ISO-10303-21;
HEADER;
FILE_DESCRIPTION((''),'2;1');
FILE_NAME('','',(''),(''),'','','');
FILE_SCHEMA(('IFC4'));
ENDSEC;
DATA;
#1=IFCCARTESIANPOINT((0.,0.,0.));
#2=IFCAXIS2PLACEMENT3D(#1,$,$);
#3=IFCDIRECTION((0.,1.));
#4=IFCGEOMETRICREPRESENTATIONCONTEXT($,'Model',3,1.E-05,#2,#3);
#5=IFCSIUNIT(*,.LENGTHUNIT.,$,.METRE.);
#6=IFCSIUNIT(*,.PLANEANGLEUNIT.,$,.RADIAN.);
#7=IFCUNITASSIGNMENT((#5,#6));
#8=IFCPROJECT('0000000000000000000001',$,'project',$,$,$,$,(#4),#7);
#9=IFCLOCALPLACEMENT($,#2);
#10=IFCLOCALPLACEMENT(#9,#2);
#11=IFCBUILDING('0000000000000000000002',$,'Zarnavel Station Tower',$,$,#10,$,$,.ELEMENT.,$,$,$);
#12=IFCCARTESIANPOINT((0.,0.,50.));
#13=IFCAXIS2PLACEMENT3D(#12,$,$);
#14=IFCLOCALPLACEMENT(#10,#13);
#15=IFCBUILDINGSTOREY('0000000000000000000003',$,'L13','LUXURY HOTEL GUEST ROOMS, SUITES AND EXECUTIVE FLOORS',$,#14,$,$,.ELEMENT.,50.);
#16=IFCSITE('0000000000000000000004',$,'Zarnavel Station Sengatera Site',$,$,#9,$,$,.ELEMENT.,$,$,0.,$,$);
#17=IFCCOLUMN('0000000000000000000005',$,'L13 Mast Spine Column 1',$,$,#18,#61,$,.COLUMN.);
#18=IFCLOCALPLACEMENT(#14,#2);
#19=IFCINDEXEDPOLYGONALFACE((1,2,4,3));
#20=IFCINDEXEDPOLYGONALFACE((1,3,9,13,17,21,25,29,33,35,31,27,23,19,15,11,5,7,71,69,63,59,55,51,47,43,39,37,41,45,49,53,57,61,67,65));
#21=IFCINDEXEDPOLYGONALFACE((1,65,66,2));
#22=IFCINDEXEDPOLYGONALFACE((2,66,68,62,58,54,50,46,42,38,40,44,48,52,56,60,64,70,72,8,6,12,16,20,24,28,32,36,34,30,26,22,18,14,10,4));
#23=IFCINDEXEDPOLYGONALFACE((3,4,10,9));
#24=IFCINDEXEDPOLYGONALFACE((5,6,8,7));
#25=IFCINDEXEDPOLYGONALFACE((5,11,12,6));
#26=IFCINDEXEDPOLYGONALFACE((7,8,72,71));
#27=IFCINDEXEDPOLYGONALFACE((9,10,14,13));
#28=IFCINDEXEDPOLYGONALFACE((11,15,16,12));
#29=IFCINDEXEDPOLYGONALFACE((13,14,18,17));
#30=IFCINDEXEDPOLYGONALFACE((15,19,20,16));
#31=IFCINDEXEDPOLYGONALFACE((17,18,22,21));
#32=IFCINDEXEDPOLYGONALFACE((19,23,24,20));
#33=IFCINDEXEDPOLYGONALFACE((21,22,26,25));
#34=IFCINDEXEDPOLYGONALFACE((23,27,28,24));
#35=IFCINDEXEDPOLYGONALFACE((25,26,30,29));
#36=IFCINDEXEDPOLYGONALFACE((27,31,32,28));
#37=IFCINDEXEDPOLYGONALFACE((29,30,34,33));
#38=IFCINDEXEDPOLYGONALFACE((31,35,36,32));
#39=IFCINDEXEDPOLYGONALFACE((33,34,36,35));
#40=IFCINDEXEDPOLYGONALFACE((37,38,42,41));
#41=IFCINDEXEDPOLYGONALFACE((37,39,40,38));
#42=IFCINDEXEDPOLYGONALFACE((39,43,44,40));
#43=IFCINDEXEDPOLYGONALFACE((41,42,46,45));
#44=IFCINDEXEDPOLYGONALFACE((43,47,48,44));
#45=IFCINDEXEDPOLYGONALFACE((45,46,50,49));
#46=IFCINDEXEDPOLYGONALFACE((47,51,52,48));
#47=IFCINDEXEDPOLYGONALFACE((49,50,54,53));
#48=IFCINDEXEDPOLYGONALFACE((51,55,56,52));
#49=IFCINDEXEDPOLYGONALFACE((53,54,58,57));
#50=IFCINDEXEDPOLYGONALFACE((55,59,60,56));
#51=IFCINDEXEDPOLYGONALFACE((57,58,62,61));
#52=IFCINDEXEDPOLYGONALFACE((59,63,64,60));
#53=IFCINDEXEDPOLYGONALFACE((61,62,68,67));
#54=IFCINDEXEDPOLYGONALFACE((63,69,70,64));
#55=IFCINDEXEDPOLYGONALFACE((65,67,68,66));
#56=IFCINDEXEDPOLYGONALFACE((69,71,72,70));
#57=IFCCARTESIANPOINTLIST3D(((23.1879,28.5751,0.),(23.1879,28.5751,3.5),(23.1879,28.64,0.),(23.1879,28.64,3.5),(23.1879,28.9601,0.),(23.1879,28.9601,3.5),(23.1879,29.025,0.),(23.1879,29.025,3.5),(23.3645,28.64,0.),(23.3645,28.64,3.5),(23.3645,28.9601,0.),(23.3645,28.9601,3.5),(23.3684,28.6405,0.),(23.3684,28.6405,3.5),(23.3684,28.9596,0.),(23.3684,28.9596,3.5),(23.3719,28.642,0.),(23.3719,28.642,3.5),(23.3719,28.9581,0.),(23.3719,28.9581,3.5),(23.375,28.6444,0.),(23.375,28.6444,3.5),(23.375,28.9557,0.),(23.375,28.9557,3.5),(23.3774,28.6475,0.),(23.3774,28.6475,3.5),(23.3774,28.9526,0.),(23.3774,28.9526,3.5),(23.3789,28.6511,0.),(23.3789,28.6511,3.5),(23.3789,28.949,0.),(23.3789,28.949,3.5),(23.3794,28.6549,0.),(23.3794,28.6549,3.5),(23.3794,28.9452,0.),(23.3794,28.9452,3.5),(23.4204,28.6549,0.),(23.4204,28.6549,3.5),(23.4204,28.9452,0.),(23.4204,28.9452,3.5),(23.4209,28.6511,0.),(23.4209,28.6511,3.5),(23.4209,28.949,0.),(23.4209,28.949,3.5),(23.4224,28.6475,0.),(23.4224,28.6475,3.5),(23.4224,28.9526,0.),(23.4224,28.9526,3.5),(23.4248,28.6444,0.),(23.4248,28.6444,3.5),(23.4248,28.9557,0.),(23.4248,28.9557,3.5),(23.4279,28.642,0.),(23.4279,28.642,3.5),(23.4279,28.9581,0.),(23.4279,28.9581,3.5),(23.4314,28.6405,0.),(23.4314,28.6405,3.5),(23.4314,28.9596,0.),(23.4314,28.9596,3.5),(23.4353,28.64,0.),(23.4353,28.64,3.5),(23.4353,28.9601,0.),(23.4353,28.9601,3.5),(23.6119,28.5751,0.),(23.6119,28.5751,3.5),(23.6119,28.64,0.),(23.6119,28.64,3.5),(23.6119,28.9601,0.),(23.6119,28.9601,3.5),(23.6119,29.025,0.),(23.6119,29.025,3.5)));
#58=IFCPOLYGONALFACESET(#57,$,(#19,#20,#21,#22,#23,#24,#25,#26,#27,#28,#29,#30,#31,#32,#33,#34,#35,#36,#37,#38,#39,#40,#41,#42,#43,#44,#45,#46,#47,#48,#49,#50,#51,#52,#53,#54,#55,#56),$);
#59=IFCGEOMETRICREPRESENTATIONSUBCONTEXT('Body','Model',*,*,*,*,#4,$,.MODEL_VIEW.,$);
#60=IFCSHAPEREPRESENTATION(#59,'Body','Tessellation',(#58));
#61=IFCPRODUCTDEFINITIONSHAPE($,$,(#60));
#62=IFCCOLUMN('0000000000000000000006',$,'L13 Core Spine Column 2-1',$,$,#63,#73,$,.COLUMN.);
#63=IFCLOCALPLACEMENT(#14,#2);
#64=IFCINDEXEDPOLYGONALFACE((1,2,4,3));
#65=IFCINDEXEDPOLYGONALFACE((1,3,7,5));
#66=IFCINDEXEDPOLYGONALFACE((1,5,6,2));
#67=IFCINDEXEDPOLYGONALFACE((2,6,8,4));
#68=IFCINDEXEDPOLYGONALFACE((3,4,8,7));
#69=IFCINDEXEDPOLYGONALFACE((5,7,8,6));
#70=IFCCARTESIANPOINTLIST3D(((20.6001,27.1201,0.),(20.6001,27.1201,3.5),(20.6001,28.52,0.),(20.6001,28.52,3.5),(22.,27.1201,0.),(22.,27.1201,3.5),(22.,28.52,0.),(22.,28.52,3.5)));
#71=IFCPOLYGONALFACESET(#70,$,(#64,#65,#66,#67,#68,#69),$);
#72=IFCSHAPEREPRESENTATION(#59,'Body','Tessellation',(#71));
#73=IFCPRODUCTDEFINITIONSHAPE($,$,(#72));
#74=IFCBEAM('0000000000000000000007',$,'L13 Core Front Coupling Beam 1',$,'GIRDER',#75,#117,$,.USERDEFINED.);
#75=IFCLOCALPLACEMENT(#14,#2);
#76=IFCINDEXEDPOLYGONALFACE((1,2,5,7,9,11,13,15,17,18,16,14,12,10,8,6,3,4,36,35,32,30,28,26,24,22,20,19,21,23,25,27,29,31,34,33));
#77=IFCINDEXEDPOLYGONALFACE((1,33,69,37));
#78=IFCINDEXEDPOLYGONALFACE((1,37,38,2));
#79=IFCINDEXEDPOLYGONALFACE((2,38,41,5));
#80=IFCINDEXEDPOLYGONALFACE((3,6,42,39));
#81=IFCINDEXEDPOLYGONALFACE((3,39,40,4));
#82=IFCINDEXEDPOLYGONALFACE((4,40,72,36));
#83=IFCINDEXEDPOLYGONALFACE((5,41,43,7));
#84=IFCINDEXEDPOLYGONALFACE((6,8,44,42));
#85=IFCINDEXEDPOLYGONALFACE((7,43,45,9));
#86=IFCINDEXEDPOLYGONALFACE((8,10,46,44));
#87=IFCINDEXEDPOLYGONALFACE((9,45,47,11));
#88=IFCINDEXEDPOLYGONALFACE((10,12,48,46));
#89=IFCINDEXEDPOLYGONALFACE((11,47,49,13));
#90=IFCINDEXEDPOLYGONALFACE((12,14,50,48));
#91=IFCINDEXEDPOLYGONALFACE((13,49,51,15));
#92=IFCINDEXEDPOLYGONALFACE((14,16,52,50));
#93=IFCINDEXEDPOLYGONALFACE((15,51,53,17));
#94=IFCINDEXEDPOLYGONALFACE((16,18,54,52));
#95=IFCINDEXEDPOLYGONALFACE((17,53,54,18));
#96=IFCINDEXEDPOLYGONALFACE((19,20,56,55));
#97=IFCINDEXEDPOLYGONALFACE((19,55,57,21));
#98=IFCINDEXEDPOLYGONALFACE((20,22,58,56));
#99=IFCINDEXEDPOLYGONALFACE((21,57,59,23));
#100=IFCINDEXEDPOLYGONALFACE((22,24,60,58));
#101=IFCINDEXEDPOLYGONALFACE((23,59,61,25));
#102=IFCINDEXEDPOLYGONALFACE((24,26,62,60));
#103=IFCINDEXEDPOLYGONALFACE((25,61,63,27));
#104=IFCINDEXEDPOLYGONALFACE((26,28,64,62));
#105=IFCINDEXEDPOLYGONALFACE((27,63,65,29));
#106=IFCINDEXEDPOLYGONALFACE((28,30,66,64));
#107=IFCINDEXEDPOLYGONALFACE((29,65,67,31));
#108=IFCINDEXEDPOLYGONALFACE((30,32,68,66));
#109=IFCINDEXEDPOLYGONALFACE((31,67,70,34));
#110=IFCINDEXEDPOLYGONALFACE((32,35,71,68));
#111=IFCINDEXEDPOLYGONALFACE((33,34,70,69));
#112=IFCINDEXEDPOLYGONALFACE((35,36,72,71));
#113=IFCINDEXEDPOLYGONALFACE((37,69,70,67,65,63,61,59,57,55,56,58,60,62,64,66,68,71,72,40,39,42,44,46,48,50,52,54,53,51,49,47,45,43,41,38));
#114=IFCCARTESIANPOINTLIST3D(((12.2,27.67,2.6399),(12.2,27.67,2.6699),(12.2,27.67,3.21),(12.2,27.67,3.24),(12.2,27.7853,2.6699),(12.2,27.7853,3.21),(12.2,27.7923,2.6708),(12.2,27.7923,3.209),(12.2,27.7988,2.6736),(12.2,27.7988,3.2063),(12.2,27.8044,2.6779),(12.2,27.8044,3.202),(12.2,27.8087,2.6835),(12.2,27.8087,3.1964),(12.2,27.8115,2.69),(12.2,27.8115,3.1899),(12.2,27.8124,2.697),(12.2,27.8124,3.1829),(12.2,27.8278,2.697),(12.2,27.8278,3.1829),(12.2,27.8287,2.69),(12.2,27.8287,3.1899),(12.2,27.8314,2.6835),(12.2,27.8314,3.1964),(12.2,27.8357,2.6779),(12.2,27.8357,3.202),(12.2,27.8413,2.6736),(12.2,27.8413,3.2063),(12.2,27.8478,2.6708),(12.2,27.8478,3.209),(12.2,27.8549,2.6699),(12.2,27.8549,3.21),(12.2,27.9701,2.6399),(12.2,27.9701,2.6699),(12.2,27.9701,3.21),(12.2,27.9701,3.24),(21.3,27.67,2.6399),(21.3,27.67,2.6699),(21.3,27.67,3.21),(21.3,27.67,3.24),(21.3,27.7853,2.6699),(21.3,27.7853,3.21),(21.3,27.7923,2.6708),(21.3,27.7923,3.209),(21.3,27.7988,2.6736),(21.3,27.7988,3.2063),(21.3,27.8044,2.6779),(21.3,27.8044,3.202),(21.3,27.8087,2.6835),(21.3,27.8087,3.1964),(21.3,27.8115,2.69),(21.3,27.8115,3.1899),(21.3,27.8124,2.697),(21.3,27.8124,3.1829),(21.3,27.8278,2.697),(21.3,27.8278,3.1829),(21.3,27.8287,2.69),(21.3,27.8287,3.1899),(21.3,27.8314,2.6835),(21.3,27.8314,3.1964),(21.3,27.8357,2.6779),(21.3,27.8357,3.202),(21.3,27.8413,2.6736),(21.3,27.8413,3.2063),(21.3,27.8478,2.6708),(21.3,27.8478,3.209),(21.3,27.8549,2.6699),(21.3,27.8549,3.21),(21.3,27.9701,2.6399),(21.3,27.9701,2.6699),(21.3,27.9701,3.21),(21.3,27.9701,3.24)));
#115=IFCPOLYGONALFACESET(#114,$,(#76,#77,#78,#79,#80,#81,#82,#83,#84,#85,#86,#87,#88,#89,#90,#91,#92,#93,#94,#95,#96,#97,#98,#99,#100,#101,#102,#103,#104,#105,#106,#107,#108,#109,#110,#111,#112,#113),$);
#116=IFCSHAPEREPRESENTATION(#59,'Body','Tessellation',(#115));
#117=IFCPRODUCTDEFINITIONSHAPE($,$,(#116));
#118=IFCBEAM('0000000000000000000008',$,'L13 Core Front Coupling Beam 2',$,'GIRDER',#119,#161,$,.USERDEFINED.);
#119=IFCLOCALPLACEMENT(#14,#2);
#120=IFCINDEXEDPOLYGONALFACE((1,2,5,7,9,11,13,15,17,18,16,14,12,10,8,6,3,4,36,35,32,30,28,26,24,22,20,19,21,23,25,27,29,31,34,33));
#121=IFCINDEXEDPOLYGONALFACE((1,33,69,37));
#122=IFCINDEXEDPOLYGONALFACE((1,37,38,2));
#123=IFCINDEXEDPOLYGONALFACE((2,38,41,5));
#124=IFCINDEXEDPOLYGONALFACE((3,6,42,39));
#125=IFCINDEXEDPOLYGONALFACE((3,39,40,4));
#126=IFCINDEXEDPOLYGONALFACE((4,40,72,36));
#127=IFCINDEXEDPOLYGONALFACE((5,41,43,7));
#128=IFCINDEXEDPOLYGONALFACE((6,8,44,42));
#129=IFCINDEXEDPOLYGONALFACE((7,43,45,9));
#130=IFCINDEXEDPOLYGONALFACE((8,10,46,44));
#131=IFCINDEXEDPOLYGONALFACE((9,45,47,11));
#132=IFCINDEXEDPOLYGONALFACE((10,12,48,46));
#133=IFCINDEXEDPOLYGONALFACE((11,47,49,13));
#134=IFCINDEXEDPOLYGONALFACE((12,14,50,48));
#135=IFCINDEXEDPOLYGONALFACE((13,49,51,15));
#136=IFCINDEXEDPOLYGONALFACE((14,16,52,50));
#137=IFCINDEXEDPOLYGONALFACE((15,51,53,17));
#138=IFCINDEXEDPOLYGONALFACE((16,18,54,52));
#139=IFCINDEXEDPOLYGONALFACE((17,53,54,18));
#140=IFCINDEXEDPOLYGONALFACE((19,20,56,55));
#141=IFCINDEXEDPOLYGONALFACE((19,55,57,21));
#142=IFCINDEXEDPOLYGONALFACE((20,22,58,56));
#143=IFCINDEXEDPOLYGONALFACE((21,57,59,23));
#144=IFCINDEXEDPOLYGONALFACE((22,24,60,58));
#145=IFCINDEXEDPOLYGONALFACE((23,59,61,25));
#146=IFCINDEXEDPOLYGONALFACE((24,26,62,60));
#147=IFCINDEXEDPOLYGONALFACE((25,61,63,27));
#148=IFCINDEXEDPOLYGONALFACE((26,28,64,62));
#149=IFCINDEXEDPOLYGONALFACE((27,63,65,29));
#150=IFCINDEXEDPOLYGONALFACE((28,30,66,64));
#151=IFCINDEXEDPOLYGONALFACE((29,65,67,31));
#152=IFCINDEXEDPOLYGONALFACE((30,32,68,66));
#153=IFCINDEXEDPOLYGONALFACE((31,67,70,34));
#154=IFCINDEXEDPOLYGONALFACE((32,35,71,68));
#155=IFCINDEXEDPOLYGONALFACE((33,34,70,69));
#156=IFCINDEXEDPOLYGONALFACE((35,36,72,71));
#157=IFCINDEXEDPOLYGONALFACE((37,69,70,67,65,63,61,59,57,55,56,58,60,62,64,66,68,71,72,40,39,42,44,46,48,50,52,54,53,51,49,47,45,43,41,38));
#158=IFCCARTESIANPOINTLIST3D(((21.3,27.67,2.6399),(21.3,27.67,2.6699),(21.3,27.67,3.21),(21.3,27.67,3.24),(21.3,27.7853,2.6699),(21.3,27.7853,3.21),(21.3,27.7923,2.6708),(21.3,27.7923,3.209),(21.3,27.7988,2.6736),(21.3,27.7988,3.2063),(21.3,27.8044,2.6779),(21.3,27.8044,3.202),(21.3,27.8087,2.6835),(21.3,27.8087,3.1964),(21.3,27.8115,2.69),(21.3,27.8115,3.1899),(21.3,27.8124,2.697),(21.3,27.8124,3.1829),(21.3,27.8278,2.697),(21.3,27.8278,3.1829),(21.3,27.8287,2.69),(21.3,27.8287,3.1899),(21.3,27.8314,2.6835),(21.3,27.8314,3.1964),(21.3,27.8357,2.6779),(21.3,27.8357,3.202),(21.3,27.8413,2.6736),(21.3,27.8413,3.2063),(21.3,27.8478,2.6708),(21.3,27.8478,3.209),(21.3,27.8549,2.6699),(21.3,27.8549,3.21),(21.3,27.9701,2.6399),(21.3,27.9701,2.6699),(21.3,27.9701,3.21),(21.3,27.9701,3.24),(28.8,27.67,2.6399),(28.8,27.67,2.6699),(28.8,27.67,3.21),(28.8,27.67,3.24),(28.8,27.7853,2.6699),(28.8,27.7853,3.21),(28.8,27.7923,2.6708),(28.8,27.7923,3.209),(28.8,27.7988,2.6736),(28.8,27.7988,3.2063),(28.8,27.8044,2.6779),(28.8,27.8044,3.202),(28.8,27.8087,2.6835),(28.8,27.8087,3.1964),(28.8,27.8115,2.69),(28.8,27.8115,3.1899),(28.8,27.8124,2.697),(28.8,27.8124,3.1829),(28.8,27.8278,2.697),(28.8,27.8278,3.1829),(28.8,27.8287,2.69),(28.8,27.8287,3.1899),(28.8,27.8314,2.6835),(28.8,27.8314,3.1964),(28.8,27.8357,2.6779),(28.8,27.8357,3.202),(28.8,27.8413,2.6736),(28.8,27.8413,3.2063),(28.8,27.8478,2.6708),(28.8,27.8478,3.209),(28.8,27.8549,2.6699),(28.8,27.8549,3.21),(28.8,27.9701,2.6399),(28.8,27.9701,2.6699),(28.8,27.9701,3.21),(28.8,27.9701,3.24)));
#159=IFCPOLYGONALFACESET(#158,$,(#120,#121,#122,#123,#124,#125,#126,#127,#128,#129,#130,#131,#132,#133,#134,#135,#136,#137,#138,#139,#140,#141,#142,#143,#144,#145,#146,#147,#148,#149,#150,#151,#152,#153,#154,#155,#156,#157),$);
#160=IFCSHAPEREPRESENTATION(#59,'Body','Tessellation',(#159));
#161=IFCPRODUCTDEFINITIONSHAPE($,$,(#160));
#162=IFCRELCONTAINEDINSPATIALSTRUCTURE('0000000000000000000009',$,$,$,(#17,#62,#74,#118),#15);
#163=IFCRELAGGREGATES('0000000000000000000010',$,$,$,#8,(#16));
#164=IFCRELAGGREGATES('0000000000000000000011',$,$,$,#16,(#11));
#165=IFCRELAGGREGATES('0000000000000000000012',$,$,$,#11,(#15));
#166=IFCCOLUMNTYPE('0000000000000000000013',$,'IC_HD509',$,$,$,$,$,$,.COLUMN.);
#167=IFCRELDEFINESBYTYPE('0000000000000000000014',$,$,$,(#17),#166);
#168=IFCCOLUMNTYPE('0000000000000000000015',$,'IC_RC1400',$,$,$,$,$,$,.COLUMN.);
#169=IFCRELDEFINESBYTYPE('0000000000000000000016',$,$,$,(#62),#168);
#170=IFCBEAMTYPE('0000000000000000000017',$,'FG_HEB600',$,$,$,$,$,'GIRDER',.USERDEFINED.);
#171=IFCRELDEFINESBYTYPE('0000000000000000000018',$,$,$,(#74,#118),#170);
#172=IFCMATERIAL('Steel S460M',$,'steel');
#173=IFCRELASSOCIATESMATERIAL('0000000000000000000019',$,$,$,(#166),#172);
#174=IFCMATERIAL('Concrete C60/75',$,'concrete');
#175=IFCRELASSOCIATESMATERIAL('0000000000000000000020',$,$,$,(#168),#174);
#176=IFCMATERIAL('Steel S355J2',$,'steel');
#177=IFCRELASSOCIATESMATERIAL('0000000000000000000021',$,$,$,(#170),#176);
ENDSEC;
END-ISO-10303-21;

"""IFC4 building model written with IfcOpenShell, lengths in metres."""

from ifc_helpers import new_model, si_unit, direction, frame, origin, origin_2d, place, context, subcontext, project, spatial, rectangle, i_section, extrude, material, material_profile, profile_set, type_object, element, save


model = new_model("IFC4")

# Units and contexts
model_context = context("Model", 3, precision=1e-05, world=origin(), true_north=direction((0.0, 1.0)))
body_context = subcontext(model_context, "Body", "Model", "MODEL_VIEW")
ifc_project = project(units=[si_unit("LENGTHUNIT", "METRE"), si_unit("PLANEANGLEUNIT", "RADIAN")], contexts=[model_context])

# Site, building, storey
site_placement = place(None, origin())
site = spatial("IfcSite", under=ifc_project, at=site_placement, Name="Zarnavel Station Sengatera Site", CompositionType="ELEMENT", RefElevation=0.0)
building_placement = place(site_placement, origin())
building = spatial("IfcBuilding", under=site, at=building_placement, Name="Zarnavel Station Tower", CompositionType="ELEMENT")
storey_placement = place(building_placement, frame((0.0, 0.0, 50.0)))
storey = spatial("IfcBuildingStorey", under=building, at=storey_placement, Name="L13", Description="LUXURY HOTEL GUEST ROOMS, SUITES AND EXECUTIVE FLOORS", CompositionType="ELEMENT", Elevation=50.0)

# Columns
ifc_material_1 = material(Name="Steel S460M", Category="steel")
ifc_material_profile_1 = material_profile(ifc_material_1, i_section(OverallWidth=0.4241, OverallDepth=0.45, WebThickness=0.041, FlangeThickness=0.0649, FilletRadius=0.0149, at=origin_2d()), Name="HD400x509")
ifc_profile_set_1 = profile_set([ifc_material_profile_1], Name="Steel S460M")
column_type_1 = type_object("IfcColumnType", Name="IC_HD509", PredefinedType="COLUMN", material=ifc_profile_set_1)
column_1_placement = place(storey_placement, frame((23.3999, 28.8, 0.0), z_axis=(0.0, 0.0, 1.0), x_axis=(1.0, 0.0, 0.0)))
element("IfcColumn", 1, at=column_1_placement, inside=storey, type_object=column_type_1, Name="L13 Mast Spine Column 1", PredefinedType="COLUMN", context=body_context, shape_type="SweptSolid", body=[
    extrude(i_section(OverallWidth=0.4241, OverallDepth=0.45, WebThickness=0.041, FlangeThickness=0.0649, FilletRadius=0.0149, at=origin_2d()), origin(), (0.0, 0.0, 1.0), 3.5),
])
ifc_material_2 = material(Name="Concrete C60/75", Category="concrete")
ifc_material_profile_2 = material_profile(ifc_material_2, rectangle(XDim=1.3999, YDim=1.3999, at=origin_2d()), Name="RC1400x1400")
ifc_profile_set_2 = profile_set([ifc_material_profile_2], Name="Concrete C60/75")
column_type_2 = type_object("IfcColumnType", Name="IC_RC1400", PredefinedType="COLUMN", material=ifc_profile_set_2)
column_2_placement = place(storey_placement, frame((21.3, 27.8201, 0.0), z_axis=(0.0, 0.0, 1.0), x_axis=(1.0, 0.0, 0.0)))
element("IfcColumn", 2, at=column_2_placement, inside=storey, type_object=column_type_2, Name="L13 Core Spine Column 2-1", PredefinedType="COLUMN", context=body_context, shape_type="SweptSolid", body=[
    extrude(rectangle(XDim=1.3999, YDim=1.3999, at=origin_2d()), origin(), (0.0, 0.0, 1.0), 3.5),
])

# Beams
ifc_material_3 = material(Name="Steel S355J2", Category="steel")
ifc_material_profile_3 = material_profile(ifc_material_3, i_section(OverallWidth=0.3, OverallDepth=0.6001, WebThickness=0.0154, FlangeThickness=0.03, FilletRadius=0.0271, at=origin_2d()), Name="HEB600")
ifc_profile_set_3 = profile_set([ifc_material_profile_3], Name="Steel S355J2")
beam_type_1 = type_object("IfcBeamType", Name="FG_HEB600", ElementType="GIRDER", PredefinedType="USERDEFINED", material=ifc_profile_set_3)
beam_1_placement = place(storey_placement, frame((12.2, 27.8201, 2.9399), z_axis=(1.0, 0.0, 0.0), x_axis=(0.0, 1.0, 0.0)))
element("IfcBeam", 3, at=beam_1_placement, inside=storey, type_object=beam_type_1, Name="L13 Core Front Coupling Beam 1", ObjectType="GIRDER", PredefinedType="USERDEFINED", context=body_context, shape_type="SweptSolid", body=[
    extrude(i_section(OverallWidth=0.3, OverallDepth=0.6001, WebThickness=0.0154, FlangeThickness=0.03, FilletRadius=0.0271, at=origin_2d()), origin(), (0.0, 0.0, 1.0), 9.1001),
])
beam_2_placement = place(storey_placement, frame((21.3, 27.8201, 2.9399), z_axis=(1.0, 0.0, 0.0), x_axis=(0.0, 1.0, 0.0)))
element("IfcBeam", 4, at=beam_2_placement, inside=storey, type_object=beam_type_1, Name="L13 Core Front Coupling Beam 2", ObjectType="GIRDER", PredefinedType="USERDEFINED", context=body_context, shape_type="SweptSolid", body=[
    extrude(i_section(OverallWidth=0.3, OverallDepth=0.6001, WebThickness=0.0154, FlangeThickness=0.03, FilletRadius=0.0271, at=origin_2d()), origin(), (0.0, 0.0, 1.0), 7.5),
])

save(model, "model.ifc")
